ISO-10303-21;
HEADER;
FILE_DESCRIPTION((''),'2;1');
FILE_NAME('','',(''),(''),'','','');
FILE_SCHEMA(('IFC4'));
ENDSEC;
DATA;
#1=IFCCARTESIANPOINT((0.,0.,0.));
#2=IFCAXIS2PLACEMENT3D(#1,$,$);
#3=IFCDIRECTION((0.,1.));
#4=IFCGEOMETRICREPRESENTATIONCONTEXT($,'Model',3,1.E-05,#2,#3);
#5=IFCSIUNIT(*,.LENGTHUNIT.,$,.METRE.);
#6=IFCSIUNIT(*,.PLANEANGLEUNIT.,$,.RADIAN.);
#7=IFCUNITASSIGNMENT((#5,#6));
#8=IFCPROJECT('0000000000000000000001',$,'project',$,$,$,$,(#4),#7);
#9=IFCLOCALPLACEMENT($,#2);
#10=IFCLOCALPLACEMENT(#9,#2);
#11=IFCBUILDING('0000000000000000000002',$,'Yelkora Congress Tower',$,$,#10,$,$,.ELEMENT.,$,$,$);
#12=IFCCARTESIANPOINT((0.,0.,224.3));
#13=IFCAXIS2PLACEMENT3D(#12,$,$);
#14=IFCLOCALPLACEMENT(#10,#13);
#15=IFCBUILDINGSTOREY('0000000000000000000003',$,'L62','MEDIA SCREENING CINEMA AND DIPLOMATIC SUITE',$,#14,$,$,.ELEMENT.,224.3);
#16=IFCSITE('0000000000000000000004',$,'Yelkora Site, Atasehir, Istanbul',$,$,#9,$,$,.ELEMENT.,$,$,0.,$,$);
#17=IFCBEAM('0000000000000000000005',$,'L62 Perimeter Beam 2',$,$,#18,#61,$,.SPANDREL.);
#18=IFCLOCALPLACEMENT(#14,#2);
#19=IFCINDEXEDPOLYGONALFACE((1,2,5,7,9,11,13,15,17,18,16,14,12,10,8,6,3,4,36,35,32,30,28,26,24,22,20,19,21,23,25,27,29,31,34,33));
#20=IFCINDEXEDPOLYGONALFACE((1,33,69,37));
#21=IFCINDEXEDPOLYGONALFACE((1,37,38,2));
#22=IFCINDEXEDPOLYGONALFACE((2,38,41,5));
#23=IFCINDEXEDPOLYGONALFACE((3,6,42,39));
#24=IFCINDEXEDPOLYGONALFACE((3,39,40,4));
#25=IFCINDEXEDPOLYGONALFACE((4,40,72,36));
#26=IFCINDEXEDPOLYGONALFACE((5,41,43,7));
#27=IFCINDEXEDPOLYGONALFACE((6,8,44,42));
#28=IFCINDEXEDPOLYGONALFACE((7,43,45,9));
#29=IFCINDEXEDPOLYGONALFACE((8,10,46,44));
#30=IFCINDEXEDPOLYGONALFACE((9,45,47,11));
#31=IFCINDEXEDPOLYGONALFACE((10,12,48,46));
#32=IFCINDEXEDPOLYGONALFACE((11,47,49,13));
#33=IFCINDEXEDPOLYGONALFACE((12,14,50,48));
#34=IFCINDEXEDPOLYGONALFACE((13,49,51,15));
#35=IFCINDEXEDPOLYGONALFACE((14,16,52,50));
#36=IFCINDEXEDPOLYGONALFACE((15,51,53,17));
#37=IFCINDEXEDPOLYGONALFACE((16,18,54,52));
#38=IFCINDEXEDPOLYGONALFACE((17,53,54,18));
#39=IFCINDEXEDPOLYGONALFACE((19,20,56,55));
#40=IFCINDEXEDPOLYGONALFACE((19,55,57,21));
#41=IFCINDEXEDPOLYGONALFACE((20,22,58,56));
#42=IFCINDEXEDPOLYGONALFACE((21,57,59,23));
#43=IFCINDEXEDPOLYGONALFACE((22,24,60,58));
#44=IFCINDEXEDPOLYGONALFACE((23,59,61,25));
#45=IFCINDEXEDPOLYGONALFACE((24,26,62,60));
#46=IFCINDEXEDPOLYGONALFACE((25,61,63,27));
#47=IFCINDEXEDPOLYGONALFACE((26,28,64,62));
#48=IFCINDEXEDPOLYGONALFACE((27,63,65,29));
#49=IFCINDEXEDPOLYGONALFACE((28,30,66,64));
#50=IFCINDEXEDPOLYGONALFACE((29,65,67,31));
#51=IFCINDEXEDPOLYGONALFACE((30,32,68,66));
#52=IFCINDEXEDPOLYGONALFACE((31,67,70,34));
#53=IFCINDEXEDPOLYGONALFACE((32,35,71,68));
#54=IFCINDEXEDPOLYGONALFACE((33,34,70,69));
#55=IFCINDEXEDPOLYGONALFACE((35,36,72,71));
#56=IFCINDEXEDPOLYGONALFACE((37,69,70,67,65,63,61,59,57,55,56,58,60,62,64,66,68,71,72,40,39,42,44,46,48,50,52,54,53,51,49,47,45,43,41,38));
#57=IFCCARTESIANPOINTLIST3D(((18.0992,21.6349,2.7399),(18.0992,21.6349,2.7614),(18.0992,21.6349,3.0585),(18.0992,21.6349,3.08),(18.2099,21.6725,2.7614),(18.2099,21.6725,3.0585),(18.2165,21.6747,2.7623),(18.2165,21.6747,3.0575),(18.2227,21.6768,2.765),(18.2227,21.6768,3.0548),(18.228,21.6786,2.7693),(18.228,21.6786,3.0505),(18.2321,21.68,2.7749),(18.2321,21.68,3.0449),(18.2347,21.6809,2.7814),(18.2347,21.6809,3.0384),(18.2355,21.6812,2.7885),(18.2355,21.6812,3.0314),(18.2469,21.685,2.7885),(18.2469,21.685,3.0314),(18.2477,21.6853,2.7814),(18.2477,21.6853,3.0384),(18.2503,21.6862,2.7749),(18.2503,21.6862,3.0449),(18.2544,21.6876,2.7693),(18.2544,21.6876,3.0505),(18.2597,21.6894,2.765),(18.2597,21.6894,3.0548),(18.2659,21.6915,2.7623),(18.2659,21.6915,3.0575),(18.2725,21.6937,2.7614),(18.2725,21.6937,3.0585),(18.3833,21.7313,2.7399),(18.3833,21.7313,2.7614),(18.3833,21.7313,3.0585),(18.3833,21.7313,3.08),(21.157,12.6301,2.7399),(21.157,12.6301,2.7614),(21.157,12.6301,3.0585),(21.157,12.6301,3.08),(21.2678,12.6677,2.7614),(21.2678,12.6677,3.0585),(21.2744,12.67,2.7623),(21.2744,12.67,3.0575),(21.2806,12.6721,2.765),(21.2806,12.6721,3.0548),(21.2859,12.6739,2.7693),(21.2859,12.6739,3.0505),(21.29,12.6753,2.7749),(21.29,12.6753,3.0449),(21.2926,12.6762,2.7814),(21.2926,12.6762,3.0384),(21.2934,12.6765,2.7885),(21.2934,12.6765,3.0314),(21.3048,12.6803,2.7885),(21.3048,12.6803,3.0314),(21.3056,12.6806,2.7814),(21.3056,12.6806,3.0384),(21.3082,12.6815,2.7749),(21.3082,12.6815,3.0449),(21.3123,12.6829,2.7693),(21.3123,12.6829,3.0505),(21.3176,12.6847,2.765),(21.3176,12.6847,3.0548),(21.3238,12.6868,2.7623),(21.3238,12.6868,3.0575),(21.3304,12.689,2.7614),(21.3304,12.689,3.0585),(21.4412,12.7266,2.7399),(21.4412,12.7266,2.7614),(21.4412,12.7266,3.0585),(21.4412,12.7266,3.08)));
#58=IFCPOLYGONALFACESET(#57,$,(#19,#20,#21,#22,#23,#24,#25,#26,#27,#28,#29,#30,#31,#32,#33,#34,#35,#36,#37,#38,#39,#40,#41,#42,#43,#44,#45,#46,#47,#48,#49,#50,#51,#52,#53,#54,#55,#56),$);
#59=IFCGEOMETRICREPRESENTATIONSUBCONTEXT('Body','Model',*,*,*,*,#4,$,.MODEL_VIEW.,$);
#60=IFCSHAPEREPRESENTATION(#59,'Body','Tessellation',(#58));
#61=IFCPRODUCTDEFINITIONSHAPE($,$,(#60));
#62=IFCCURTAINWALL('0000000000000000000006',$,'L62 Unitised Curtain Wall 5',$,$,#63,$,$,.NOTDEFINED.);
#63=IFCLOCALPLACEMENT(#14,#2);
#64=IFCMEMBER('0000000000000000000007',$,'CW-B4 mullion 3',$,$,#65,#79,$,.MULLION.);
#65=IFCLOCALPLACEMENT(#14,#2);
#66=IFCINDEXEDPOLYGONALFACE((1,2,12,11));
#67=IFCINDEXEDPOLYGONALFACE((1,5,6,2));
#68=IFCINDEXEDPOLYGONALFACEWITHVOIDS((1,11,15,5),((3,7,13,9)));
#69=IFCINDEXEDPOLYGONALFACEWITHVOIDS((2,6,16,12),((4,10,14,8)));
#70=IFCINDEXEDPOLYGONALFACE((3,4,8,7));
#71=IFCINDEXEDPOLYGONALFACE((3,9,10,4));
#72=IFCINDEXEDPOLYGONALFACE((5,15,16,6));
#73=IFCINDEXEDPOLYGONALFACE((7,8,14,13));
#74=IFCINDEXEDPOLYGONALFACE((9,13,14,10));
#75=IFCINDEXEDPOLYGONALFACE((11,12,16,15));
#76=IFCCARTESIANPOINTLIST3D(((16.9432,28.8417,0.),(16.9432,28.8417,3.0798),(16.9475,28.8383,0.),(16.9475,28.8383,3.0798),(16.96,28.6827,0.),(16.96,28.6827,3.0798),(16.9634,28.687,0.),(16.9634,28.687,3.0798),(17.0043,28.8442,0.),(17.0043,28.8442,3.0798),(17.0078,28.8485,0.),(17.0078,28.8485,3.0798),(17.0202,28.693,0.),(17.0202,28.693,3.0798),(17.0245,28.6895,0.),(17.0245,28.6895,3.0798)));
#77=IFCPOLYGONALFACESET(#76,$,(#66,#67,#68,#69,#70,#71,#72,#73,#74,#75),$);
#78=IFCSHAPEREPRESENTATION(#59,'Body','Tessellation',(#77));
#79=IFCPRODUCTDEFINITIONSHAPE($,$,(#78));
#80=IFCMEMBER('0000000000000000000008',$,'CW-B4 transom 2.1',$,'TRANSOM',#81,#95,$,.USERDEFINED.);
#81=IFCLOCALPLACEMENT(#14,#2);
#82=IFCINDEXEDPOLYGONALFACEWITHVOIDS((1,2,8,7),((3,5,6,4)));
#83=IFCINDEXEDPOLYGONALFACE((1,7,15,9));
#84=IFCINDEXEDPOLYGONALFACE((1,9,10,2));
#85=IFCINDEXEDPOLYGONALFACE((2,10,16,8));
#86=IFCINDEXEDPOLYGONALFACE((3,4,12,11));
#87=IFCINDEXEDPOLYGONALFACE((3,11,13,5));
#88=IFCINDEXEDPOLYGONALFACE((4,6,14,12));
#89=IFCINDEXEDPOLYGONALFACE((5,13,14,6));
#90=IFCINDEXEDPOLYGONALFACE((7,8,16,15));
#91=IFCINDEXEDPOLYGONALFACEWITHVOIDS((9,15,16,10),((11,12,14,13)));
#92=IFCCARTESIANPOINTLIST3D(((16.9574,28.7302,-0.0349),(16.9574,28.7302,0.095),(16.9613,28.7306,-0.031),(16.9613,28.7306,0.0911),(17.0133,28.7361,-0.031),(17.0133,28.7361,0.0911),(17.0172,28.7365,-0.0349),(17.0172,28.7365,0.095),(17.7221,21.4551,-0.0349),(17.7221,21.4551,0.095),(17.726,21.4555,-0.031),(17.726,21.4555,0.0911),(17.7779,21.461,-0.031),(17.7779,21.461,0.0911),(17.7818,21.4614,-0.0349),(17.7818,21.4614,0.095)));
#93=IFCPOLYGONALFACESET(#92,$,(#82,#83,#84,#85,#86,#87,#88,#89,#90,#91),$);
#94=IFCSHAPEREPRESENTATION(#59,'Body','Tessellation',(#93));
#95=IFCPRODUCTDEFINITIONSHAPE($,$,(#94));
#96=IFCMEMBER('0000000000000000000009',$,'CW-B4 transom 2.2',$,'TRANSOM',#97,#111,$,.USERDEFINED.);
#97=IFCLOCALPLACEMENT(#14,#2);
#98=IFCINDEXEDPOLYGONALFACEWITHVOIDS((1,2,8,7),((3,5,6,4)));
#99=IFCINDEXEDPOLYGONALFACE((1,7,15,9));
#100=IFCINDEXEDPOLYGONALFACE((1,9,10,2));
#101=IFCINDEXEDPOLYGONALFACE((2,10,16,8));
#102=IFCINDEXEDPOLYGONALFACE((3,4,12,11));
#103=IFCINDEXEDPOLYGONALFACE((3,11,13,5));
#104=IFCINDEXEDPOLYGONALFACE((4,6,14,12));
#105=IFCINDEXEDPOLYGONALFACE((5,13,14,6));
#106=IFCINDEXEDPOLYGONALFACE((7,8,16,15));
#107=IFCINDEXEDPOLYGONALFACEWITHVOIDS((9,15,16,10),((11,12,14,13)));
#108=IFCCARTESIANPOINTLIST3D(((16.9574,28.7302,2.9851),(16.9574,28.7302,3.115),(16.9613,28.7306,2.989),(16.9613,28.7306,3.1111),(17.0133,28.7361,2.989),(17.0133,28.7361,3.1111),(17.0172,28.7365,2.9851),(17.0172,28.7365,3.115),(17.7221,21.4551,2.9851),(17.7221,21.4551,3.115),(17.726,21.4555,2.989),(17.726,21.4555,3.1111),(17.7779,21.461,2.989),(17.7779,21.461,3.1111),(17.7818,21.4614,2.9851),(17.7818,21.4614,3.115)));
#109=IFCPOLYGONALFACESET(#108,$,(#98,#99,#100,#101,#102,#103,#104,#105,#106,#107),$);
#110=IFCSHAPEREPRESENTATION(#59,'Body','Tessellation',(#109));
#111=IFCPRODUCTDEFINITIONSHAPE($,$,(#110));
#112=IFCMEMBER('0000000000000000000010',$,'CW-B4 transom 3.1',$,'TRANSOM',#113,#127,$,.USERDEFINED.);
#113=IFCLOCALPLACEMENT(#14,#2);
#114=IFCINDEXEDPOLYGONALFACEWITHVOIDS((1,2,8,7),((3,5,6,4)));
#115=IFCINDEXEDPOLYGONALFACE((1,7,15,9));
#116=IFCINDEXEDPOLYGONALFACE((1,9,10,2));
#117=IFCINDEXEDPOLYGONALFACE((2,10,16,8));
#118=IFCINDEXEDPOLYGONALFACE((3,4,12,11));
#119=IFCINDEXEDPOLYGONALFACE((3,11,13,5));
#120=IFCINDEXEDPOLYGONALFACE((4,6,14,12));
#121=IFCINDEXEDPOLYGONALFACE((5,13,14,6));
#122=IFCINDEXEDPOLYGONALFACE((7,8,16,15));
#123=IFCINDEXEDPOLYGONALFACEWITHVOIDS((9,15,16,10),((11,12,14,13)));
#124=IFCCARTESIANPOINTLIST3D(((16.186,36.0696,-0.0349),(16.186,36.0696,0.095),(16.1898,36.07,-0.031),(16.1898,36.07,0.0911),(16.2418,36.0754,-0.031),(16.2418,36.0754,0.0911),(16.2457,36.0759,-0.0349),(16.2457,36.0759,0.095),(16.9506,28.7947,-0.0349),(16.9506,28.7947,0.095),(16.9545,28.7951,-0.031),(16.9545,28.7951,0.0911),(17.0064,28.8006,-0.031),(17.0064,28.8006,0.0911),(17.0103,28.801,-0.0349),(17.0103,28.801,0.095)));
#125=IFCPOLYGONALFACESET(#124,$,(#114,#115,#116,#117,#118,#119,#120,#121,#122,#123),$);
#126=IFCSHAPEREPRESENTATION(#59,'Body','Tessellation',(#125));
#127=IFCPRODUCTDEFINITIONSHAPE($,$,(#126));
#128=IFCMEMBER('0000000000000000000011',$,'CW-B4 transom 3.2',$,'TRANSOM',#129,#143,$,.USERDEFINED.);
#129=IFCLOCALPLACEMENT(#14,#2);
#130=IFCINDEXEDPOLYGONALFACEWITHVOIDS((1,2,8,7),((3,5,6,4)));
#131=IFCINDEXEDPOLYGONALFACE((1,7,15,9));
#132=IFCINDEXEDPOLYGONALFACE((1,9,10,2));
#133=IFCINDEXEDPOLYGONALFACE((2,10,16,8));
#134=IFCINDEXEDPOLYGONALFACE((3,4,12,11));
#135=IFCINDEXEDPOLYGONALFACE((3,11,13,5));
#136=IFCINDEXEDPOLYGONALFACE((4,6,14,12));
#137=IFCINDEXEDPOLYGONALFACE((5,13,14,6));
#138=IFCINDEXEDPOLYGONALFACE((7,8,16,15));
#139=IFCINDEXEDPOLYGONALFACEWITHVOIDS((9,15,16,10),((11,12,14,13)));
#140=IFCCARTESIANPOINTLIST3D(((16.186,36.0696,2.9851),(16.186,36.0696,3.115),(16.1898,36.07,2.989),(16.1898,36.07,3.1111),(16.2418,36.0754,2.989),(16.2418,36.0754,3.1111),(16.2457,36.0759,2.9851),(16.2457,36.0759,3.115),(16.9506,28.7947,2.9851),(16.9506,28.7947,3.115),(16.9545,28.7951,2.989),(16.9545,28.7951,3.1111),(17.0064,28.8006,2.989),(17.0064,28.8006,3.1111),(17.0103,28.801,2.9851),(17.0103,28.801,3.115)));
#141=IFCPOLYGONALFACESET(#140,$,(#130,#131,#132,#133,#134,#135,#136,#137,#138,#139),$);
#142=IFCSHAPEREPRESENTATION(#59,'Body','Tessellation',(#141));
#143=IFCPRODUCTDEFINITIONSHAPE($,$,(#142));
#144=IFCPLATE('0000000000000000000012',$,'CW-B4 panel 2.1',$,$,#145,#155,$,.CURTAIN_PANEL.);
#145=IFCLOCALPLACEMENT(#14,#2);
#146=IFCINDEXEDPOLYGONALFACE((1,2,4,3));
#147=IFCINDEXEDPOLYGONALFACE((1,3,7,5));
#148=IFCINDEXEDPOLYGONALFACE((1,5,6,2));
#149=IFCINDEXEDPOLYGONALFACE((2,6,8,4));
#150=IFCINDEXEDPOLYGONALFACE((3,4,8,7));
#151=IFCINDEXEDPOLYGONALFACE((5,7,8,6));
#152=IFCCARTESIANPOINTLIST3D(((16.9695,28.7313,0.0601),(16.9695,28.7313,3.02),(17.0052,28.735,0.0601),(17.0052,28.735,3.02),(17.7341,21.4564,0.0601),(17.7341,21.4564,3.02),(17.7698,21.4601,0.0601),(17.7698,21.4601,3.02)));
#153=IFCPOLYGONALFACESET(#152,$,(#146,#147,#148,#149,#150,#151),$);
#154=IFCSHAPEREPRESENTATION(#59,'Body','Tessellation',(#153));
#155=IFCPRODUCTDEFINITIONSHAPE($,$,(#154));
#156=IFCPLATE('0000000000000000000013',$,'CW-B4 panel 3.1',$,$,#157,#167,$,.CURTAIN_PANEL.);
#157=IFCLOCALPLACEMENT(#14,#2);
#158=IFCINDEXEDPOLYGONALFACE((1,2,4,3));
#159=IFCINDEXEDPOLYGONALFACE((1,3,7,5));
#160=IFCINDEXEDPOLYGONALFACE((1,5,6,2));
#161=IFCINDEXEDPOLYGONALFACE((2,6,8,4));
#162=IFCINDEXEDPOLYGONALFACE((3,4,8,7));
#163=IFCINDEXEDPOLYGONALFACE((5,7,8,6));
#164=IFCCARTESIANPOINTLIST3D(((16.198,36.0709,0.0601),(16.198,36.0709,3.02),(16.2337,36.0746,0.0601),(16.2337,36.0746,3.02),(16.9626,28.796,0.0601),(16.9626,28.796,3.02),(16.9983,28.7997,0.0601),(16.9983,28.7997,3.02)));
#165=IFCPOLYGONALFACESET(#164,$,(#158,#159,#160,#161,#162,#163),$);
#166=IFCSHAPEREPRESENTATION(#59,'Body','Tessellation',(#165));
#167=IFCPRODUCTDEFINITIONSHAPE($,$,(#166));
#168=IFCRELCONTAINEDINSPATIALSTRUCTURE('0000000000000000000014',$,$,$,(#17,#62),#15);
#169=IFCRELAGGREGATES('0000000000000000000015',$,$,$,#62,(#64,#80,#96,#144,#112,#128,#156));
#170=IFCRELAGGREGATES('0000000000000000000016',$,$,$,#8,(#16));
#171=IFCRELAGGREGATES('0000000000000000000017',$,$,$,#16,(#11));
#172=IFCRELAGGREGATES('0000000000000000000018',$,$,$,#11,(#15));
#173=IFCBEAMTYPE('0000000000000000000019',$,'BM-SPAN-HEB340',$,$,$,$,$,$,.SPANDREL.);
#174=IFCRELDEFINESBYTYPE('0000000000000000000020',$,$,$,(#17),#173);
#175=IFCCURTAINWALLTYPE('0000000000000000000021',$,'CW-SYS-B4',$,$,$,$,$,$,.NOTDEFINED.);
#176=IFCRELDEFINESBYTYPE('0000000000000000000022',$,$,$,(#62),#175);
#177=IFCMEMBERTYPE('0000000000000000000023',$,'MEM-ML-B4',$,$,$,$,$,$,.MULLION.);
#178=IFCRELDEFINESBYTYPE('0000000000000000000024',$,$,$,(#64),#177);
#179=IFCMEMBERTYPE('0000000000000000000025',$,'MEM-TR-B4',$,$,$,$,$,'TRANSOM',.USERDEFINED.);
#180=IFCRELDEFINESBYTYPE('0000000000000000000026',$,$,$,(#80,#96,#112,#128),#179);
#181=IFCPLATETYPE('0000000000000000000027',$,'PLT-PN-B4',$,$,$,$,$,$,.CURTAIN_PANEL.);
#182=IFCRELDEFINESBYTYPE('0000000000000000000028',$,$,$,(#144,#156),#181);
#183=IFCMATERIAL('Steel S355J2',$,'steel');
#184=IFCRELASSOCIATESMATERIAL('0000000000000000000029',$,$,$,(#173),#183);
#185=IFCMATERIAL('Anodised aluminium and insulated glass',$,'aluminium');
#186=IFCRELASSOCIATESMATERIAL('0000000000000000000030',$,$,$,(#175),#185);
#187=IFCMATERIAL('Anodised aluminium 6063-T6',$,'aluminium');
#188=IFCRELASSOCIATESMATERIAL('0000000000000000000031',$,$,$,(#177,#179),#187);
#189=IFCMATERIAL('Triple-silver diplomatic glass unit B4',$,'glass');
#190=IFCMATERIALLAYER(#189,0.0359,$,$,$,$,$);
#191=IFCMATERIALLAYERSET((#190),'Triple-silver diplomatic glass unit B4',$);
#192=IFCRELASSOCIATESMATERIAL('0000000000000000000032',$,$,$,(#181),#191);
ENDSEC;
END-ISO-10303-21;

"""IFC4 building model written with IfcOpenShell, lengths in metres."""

from ifc_helpers import new_model, si_unit, direction, frame, origin, origin_2d, place, context, subcontext, project, spatial, rectangle, hollow_rectangle, i_section, extrude, material, layer, layer_set, material_profile, profile_set, type_object, element, aggregate, save


model = new_model("IFC4")

# Units and contexts
model_context = context("Model", 3, precision=1e-05, world=origin(), true_north=direction((0.0, 1.0)))
body_context = subcontext(model_context, "Body", "Model", "MODEL_VIEW")
ifc_project = project(units=[si_unit("LENGTHUNIT", "METRE"), si_unit("PLANEANGLEUNIT", "RADIAN")], contexts=[model_context])

# Site, building, storey
site_placement = place(None, origin())
site = spatial("IfcSite", under=ifc_project, at=site_placement, Name="Yelkora Site, Atasehir, Istanbul", CompositionType="ELEMENT", RefElevation=0.0)
building_placement = place(site_placement, origin())
building = spatial("IfcBuilding", under=site, at=building_placement, Name="Yelkora Congress Tower", CompositionType="ELEMENT")
storey_placement = place(building_placement, frame((0.0, 0.0, 224.3)))
storey = spatial("IfcBuildingStorey", under=building, at=storey_placement, Name="L62", Description="MEDIA SCREENING CINEMA AND DIPLOMATIC SUITE", CompositionType="ELEMENT", Elevation=224.3)

# Shared definitions
ifc_material_1 = material(Name="Steel S355J2", Category="steel")

# Beam
ifc_material_profile_1 = material_profile(ifc_material_1, i_section(OverallWidth=0.3, OverallDepth=0.3401, WebThickness=0.012, FlangeThickness=0.0215, FilletRadius=0.0271, at=origin_2d()), Name="HEB 340")
ifc_profile_set_1 = profile_set([ifc_material_profile_1], Name="Steel S355J2")
beam_type_1 = type_object("IfcBeamType", Name="BM-SPAN-HEB340", PredefinedType="SPANDREL", material=ifc_profile_set_1)
beam_1_placement = place(storey_placement, frame((18.2412, 21.6831, 2.9099), z_axis=(0.321552, -0.946892, 0.0), x_axis=(0.946892, 0.321552, 0.0)))
element("IfcBeam", 1, at=beam_1_placement, inside=storey, type_object=beam_type_1, Name="L62 Perimeter Beam 2", PredefinedType="SPANDREL", context=body_context, shape_type="SweptSolid", body=[
    extrude(i_section(OverallWidth=0.3, OverallDepth=0.3401, WebThickness=0.012, FlangeThickness=0.0215, FilletRadius=0.0271, at=origin_2d()), origin(), (0.0, 0.0, 1.0), 9.5098),
])

# Curtain wall, members, plates
ifc_material_2 = material(Name="Anodised aluminium and insulated glass", Category="aluminium")
curtain_wall_type = type_object("IfcCurtainWallType", Name="CW-SYS-B4", PredefinedType="NOTDEFINED", material=ifc_material_2)
curtain_wall_placement = place(storey_placement, origin())
curtain_wall = element("IfcCurtainWall", 2, at=curtain_wall_placement, inside=storey, type_object=curtain_wall_type, Name="L62 Unitised Curtain Wall 5", PredefinedType="NOTDEFINED")
ifc_material_3 = material(Name="Anodised aluminium 6063-T6", Category="aluminium")
ifc_material_profile_2 = material_profile(ifc_material_3, hollow_rectangle(XDim=0.0649, YDim=0.1599, WallThickness=0.0039, at=origin_2d()), Name="ALU 65x160x4")
ifc_profile_set_2 = profile_set([ifc_material_profile_2], Name="Anodised aluminium 6063-T6")
member_type_1 = type_object("IfcMemberType", Name="MEM-ML-B4", PredefinedType="MULLION", material=ifc_profile_set_2)
member_1_placement = place(storey_placement, frame((16.9839, 28.7656, 0.0), z_axis=(0.0, 0.0, 1.0), x_axis=(-0.994522, -0.104526, 0.0)))
member_1 = element("IfcMember", 3, at=member_1_placement, type_object=member_type_1, Name="CW-B4 mullion 3", PredefinedType="MULLION", context=body_context, shape_type="SweptSolid", body=[
    extrude(hollow_rectangle(XDim=0.0649, YDim=0.1599, WallThickness=0.0039, at=origin_2d()), origin(), (0.0, 0.0, 1.0), 3.0798),
])
ifc_material_profile_3 = material_profile(ifc_material_3, hollow_rectangle(XDim=0.0601, YDim=0.1299, WallThickness=0.0039, at=origin_2d()), Name="ALU 60x130x4")
ifc_profile_set_3 = profile_set([ifc_material_profile_3], Name="Anodised aluminium 6063-T6")
member_type_2 = type_object("IfcMemberType", Name="MEM-TR-B4", ElementType="TRANSOM", PredefinedType="USERDEFINED", material=ifc_profile_set_3)
member_2_placement = place(storey_placement, frame((17.752, 21.4583, 0.03), z_axis=(-0.104528, 0.994522, 0.0), x_axis=(-0.994522, -0.104528, 0.0)))
member_2 = element("IfcMember", 4, at=member_2_placement, type_object=member_type_2, Name="CW-B4 transom 2.1", ObjectType="TRANSOM", PredefinedType="USERDEFINED", context=body_context, shape_type="SweptSolid", body=[
    extrude(hollow_rectangle(XDim=0.0601, YDim=0.1299, WallThickness=0.0039, at=origin_2d()), origin(), (0.0, 0.0, 1.0), 7.3152),
])
member_3_placement = place(storey_placement, frame((17.752, 21.4583, 3.05), z_axis=(-0.104528, 0.994522, 0.0), x_axis=(-0.994522, -0.104528, 0.0)))
member_3 = element("IfcMember", 5, at=member_3_placement, type_object=member_type_2, Name="CW-B4 transom 2.2", ObjectType="TRANSOM", PredefinedType="USERDEFINED", context=body_context, shape_type="SweptSolid", body=[
    extrude(hollow_rectangle(XDim=0.0601, YDim=0.1299, WallThickness=0.0039, at=origin_2d()), origin(), (0.0, 0.0, 1.0), 7.3152),
])
member_4_placement = place(storey_placement, frame((16.9805, 28.7979, 0.03), z_axis=(-0.104532, 0.994522, 0.0), x_axis=(-0.994522, -0.104532, 0.0)))
member_4 = element("IfcMember", 6, at=member_4_placement, type_object=member_type_2, Name="CW-B4 transom 3.1", ObjectType="TRANSOM", PredefinedType="USERDEFINED", context=body_context, shape_type="SweptSolid", body=[
    extrude(hollow_rectangle(XDim=0.0601, YDim=0.1299, WallThickness=0.0039, at=origin_2d()), origin(), (0.0, 0.0, 1.0), 7.3149),
])
member_5_placement = place(storey_placement, frame((16.9805, 28.7979, 3.05), z_axis=(-0.104532, 0.994522, 0.0), x_axis=(-0.994522, -0.104532, 0.0)))
member_5 = element("IfcMember", 7, at=member_5_placement, type_object=member_type_2, Name="CW-B4 transom 3.2", ObjectType="TRANSOM", PredefinedType="USERDEFINED", context=body_context, shape_type="SweptSolid", body=[
    extrude(hollow_rectangle(XDim=0.0601, YDim=0.1299, WallThickness=0.0039, at=origin_2d()), origin(), (0.0, 0.0, 1.0), 7.3149),
])
ifc_material_4 = material(Name="Triple-silver diplomatic glass unit B4", Category="glass")
ifc_layer_1 = layer(ifc_material_4, 0.0359)
ifc_layer_set_1 = layer_set([ifc_layer_1], Name="Triple-silver diplomatic glass unit B4")
plate_type = type_object("IfcPlateType", Name="PLT-PN-B4", PredefinedType="CURTAIN_PANEL", material=ifc_layer_set_1)
plate_1_placement = place(storey_placement, frame((17.3696, 25.0957, 0.0601), z_axis=(0.0, 0.0, 1.0), x_axis=(-0.104526, 0.994522, 0.0)))
plate_1 = element("IfcPlate", 8, at=plate_1_placement, type_object=plate_type, Name="CW-B4 panel 2.1", PredefinedType="CURTAIN_PANEL", context=body_context, shape_type="SweptSolid", body=[
    extrude(rectangle(XDim=7.3149, YDim=0.0359, at=origin_2d()), origin(), (0.0, 0.0, 1.0), 2.96),
])
plate_2_placement = place(storey_placement, frame((16.5981, 32.4353, 0.0601), z_axis=(0.0, 0.0, 1.0), x_axis=(-0.104526, 0.994522, 0.0)))
plate_2 = element("IfcPlate", 9, at=plate_2_placement, type_object=plate_type, Name="CW-B4 panel 3.1", PredefinedType="CURTAIN_PANEL", context=body_context, shape_type="SweptSolid", body=[
    extrude(rectangle(XDim=7.3149, YDim=0.0359, at=origin_2d()), origin(), (0.0, 0.0, 1.0), 2.96),
])
aggregate(curtain_wall, [member_1, member_2, member_3, plate_1, member_4, member_5, plate_2])

save(model, "model.ifc")
